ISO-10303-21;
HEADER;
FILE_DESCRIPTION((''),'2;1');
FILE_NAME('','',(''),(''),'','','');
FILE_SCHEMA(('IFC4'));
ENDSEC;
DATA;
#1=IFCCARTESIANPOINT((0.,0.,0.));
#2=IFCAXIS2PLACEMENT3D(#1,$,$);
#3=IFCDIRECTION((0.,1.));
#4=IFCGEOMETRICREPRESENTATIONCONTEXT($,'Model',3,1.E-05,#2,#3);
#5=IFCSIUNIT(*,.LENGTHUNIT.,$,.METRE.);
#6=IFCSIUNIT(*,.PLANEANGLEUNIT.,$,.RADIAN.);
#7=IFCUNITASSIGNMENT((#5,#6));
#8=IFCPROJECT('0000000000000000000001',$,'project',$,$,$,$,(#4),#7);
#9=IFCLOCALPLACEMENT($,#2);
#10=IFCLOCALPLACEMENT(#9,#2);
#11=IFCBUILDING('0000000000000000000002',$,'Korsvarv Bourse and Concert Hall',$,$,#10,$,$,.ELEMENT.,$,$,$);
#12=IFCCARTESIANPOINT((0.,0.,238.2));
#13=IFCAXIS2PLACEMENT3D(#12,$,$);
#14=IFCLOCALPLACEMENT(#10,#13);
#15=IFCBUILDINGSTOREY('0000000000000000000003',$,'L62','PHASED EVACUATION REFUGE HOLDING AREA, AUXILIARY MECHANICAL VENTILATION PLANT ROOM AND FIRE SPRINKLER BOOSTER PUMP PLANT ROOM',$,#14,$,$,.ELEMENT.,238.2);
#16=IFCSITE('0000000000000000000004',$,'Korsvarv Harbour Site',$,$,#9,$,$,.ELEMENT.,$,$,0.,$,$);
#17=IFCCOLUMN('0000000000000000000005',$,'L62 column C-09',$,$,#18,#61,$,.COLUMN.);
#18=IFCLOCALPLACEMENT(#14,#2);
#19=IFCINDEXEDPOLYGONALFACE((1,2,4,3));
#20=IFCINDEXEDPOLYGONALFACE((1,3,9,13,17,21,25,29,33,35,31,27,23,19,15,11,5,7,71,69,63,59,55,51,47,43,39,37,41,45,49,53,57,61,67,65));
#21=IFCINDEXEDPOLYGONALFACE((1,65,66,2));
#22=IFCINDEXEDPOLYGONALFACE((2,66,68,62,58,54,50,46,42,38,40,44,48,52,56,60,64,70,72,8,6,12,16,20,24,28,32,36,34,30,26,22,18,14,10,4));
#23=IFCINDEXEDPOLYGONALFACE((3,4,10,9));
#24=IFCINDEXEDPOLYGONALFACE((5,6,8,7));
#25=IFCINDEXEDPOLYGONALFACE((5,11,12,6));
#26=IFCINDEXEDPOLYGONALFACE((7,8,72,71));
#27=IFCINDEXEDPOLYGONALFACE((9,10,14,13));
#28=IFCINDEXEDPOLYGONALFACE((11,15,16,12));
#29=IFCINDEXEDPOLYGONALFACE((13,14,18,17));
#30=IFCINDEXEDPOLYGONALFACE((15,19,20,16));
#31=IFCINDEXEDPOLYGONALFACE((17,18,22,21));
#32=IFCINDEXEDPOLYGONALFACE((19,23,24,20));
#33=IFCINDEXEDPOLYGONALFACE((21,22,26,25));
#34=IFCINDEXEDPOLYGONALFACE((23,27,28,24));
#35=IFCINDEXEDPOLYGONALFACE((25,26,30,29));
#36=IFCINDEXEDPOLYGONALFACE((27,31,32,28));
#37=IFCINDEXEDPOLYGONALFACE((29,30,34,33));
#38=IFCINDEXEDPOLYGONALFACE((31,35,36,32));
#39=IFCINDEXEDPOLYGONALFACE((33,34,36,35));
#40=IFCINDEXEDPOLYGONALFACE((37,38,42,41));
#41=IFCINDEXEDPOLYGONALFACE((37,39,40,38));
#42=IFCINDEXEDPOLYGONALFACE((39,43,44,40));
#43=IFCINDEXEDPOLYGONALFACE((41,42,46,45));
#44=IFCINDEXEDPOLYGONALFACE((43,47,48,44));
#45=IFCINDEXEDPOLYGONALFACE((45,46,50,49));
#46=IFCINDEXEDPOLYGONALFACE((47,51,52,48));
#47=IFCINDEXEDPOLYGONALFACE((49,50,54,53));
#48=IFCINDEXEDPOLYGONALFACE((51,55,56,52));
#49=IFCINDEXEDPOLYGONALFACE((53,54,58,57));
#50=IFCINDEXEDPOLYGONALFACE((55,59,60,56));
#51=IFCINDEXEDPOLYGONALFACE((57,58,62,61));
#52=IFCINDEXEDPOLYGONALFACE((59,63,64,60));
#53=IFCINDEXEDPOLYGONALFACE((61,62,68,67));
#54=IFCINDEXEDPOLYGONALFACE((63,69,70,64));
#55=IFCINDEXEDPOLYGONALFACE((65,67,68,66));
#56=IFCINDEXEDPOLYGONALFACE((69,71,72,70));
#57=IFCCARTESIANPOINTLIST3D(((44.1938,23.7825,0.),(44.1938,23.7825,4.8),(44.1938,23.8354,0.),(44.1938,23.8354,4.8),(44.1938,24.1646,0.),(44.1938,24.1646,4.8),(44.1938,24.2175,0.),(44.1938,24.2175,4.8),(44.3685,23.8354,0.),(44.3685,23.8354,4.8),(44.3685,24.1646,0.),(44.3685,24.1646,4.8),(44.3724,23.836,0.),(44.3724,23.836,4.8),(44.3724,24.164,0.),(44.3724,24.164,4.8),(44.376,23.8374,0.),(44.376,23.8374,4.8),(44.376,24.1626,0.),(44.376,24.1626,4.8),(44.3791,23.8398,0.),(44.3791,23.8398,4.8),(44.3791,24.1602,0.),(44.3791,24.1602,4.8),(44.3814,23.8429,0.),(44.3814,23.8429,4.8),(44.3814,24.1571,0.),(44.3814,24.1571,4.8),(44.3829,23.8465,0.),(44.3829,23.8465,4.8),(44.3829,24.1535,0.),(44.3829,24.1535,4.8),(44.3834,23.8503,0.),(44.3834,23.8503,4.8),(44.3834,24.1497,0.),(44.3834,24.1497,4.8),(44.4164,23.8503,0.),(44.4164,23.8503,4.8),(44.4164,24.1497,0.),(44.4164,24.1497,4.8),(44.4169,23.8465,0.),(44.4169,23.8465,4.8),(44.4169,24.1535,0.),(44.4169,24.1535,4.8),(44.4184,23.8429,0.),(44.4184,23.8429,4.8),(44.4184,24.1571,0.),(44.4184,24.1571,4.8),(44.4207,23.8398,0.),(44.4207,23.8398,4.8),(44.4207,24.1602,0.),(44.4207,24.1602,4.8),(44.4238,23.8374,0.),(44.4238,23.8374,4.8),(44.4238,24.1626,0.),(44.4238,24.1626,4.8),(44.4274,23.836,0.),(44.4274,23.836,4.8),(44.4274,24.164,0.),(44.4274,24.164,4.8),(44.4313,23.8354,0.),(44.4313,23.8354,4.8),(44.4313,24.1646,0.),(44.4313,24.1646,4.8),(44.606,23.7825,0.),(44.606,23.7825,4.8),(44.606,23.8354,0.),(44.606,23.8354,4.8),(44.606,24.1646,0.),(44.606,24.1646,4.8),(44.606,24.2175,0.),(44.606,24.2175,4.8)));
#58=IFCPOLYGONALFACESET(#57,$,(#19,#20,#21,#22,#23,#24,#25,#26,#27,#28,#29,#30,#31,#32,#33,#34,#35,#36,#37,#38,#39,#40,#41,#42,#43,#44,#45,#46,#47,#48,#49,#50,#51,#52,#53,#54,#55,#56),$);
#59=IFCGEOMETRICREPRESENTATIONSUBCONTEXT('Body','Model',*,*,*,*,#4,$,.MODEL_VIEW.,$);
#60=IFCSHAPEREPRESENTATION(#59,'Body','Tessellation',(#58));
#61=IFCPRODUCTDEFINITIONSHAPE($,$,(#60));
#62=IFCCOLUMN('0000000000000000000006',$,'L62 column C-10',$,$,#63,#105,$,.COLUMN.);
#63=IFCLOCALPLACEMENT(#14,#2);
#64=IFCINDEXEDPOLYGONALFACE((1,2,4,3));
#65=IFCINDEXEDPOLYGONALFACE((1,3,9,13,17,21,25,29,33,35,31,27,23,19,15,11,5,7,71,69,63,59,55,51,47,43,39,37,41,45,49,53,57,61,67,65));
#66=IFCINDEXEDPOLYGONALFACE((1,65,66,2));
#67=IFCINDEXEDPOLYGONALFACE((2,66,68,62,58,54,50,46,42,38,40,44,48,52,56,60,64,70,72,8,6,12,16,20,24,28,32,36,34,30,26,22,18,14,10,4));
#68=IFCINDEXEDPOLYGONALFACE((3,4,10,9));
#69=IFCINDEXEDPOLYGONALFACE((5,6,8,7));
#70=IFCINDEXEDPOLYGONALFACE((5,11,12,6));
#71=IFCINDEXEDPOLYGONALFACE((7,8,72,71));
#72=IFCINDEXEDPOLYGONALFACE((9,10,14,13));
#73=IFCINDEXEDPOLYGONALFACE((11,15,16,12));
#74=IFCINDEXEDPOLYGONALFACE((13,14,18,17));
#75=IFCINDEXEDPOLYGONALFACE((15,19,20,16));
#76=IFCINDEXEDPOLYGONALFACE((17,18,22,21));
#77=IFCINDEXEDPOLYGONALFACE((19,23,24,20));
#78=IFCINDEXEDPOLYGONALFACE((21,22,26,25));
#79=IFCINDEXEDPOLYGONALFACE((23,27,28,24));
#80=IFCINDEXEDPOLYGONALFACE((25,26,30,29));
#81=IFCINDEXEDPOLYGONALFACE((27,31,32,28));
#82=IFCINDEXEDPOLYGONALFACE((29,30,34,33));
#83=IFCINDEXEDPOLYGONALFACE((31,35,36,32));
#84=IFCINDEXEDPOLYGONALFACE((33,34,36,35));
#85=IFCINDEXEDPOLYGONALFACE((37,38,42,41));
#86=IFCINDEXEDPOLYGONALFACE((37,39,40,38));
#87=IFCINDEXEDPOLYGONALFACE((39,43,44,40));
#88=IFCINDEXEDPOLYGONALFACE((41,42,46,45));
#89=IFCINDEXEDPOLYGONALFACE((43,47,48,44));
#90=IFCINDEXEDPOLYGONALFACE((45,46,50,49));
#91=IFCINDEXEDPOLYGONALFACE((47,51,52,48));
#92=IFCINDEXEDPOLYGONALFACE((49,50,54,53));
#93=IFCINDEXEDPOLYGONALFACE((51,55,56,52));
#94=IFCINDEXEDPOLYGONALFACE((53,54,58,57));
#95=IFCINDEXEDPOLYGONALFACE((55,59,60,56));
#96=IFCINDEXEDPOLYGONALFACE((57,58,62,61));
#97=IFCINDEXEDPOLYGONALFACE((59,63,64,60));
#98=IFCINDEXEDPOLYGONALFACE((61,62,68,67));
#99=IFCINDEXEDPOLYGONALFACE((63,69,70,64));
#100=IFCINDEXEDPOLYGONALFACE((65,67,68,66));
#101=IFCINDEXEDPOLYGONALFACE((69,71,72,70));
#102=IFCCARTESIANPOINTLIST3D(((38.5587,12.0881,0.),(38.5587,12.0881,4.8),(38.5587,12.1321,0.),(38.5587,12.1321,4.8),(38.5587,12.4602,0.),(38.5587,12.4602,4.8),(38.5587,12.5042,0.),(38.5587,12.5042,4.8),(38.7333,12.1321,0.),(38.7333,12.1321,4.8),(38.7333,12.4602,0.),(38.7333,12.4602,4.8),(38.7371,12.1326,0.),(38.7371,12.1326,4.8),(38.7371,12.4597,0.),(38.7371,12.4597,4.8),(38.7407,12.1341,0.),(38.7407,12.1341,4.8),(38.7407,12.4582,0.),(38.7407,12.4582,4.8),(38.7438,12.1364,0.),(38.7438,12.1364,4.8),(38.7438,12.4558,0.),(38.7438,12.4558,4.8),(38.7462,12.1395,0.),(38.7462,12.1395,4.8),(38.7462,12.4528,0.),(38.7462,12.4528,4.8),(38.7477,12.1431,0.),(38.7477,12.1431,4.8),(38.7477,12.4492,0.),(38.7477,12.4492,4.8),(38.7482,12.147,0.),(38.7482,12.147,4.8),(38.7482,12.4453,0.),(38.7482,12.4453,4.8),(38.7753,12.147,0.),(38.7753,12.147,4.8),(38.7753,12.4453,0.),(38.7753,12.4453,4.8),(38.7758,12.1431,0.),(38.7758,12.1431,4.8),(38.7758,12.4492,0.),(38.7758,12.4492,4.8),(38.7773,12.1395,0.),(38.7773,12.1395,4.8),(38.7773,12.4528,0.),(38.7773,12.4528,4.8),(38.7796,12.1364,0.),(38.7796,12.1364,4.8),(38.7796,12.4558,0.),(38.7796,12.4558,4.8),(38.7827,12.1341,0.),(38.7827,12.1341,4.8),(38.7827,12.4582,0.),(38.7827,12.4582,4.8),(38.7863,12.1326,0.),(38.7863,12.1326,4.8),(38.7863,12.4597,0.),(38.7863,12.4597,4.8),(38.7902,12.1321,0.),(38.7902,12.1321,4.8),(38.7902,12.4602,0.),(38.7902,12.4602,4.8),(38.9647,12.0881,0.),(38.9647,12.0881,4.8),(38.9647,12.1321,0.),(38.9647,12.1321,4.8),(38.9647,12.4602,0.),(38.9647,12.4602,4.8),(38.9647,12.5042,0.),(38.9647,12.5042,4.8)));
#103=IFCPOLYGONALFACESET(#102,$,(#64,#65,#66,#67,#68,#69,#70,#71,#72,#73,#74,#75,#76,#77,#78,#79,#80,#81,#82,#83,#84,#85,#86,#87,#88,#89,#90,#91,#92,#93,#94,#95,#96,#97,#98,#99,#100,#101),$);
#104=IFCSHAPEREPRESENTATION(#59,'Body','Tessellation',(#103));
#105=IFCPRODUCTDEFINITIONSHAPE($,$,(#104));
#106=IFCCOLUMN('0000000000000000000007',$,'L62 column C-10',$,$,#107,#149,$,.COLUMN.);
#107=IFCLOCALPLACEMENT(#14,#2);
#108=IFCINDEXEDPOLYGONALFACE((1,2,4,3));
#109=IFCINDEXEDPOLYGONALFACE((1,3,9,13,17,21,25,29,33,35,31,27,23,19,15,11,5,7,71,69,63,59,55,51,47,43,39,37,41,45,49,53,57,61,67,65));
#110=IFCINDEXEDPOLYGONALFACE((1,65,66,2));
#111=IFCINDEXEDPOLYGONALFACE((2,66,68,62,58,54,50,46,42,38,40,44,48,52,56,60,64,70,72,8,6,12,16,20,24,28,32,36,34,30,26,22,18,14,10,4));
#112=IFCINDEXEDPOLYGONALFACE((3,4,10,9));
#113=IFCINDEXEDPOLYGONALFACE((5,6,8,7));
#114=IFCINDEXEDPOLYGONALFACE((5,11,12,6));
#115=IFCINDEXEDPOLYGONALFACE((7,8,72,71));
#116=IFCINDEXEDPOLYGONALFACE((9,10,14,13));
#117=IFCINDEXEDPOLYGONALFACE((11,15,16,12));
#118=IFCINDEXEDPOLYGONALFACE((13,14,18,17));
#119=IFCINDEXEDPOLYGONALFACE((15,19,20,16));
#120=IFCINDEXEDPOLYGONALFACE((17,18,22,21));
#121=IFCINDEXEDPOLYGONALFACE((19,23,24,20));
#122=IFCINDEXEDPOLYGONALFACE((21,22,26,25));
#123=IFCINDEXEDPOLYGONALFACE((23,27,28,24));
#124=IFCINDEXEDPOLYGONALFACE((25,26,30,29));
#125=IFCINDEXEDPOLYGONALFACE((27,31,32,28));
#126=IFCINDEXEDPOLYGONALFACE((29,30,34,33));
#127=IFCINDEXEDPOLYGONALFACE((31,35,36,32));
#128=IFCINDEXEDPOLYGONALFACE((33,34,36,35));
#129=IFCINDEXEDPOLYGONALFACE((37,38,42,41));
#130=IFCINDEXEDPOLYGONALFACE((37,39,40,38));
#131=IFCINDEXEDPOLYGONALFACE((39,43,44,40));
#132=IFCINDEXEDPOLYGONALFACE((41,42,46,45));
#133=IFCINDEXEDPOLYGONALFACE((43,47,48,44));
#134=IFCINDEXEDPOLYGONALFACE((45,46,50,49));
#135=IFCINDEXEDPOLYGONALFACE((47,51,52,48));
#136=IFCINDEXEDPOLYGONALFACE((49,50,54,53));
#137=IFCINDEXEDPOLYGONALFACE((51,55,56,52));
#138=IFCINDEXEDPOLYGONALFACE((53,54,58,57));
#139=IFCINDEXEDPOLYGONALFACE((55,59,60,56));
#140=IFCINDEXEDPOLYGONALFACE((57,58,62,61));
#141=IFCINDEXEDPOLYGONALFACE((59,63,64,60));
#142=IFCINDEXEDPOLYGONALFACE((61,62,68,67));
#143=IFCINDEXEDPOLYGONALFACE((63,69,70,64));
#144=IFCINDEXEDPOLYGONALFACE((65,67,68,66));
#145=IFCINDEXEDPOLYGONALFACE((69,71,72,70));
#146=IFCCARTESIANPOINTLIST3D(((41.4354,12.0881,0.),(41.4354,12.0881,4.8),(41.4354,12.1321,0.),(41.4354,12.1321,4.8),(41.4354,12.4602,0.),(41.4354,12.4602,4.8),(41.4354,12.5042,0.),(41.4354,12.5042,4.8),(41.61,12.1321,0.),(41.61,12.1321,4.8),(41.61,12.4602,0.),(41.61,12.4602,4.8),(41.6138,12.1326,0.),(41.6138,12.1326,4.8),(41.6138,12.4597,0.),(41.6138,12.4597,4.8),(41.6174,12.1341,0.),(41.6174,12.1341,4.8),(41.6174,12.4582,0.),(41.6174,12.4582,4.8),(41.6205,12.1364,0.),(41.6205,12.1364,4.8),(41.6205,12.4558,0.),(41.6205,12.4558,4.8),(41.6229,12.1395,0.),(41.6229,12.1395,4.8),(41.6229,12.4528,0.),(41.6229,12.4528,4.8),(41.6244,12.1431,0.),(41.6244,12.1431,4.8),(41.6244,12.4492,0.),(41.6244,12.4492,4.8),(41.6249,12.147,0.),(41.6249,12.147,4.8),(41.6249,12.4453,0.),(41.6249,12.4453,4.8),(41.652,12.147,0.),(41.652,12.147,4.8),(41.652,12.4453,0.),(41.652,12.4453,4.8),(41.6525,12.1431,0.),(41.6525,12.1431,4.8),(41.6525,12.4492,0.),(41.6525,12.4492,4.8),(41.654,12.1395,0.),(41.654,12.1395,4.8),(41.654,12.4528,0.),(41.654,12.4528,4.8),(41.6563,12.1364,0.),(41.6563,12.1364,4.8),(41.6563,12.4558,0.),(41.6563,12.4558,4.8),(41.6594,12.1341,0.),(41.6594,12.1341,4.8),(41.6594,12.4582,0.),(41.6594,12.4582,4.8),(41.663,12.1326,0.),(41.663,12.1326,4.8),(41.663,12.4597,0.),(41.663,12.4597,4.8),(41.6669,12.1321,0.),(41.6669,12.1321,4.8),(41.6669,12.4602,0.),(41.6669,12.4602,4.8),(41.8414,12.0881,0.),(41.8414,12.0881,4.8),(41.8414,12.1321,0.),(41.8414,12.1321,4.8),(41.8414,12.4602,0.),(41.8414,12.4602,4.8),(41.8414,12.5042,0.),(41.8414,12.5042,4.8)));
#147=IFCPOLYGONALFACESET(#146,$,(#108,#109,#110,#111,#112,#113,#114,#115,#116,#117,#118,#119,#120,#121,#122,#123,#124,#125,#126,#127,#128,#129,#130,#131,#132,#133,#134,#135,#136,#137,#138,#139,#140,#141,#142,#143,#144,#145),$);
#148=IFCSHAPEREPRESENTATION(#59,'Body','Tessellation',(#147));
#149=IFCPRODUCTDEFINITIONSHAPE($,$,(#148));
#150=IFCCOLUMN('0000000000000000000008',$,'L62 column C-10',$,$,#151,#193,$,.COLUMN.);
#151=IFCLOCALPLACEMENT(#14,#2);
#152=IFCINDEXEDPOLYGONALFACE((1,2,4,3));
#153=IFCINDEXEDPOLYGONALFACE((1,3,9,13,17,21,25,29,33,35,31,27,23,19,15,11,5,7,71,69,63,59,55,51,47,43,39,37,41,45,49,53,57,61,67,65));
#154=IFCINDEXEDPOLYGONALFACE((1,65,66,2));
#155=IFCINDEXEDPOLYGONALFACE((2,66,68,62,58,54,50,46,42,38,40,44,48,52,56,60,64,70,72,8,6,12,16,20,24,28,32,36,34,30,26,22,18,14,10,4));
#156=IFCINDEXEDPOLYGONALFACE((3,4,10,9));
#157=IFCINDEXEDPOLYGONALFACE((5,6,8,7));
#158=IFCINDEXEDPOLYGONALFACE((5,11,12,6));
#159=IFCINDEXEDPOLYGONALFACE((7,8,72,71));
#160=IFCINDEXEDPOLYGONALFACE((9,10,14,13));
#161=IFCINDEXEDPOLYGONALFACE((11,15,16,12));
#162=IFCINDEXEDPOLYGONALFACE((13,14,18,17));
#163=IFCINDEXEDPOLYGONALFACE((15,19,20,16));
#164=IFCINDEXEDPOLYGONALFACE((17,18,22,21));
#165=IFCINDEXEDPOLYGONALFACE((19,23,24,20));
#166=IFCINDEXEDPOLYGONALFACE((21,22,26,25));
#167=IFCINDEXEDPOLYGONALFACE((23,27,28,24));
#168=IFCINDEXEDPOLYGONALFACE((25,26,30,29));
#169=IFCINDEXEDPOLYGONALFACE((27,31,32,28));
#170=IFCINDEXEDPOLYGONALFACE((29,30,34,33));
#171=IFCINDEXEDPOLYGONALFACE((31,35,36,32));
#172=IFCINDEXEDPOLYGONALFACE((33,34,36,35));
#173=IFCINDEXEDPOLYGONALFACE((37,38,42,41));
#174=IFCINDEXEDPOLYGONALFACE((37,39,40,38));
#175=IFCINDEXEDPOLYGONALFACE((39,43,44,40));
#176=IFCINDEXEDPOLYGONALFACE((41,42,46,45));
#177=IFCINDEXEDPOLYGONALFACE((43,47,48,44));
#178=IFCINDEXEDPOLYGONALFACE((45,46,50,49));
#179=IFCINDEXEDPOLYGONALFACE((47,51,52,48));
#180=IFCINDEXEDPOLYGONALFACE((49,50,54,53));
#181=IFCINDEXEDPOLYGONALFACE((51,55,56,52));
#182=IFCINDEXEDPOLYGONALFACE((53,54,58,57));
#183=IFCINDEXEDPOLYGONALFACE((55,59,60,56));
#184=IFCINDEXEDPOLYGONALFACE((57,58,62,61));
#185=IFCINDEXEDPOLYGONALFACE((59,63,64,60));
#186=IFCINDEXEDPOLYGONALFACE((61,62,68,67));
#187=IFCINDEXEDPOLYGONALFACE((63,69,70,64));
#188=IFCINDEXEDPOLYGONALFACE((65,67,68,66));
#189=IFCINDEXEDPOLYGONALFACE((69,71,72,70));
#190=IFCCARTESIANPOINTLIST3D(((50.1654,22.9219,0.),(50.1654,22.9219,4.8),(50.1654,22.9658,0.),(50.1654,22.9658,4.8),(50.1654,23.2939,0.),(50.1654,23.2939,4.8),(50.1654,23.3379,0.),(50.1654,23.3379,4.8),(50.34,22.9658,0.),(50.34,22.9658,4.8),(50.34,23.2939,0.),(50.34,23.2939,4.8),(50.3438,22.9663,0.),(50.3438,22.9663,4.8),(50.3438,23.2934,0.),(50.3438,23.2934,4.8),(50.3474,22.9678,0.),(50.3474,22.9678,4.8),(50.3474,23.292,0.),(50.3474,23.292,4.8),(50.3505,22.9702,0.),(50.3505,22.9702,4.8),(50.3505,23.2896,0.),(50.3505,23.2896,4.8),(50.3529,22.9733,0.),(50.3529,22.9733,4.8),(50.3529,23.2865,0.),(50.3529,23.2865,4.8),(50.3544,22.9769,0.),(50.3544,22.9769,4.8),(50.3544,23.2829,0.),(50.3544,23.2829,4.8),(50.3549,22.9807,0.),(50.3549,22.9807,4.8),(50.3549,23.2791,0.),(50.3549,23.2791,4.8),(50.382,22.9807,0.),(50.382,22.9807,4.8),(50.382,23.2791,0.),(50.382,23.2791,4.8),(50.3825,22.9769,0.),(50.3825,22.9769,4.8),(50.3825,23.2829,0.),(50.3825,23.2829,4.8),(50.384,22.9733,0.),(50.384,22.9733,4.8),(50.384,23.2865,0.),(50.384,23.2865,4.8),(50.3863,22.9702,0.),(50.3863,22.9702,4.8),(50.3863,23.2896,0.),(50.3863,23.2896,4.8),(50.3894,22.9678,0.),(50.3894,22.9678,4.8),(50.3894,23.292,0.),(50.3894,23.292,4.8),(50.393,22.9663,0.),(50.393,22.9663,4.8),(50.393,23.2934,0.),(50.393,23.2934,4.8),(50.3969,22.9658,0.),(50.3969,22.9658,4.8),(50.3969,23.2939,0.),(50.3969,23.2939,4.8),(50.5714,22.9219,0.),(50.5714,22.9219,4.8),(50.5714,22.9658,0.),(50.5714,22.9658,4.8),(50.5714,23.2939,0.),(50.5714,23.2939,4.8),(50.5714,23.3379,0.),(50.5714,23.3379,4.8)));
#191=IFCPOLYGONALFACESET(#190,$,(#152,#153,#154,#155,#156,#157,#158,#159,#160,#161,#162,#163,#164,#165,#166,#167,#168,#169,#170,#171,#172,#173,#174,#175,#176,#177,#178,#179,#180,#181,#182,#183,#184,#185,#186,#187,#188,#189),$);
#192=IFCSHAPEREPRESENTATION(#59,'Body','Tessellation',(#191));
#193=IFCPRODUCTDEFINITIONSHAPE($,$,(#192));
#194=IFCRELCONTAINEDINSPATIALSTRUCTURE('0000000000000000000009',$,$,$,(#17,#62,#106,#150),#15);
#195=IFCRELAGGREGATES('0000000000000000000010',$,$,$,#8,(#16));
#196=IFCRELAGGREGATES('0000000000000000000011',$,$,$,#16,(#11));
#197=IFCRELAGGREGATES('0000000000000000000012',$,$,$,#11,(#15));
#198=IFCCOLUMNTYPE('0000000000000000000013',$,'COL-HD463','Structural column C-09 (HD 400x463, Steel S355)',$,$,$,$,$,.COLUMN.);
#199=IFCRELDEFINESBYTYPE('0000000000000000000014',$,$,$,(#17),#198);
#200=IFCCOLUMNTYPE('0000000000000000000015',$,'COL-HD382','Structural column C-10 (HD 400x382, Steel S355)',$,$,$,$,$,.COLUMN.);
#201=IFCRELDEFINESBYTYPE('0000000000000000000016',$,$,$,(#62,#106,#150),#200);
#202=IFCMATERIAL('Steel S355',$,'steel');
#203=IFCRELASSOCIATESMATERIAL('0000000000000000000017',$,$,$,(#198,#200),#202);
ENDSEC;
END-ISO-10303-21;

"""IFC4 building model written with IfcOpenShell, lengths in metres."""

from ifc_helpers import new_model, si_unit, direction, frame, origin, origin_2d, place, context, subcontext, project, spatial, i_section, extrude, source, transform, mapped, material, material_profile, profile_set, type_object, element, save


model = new_model("IFC4")

# Units and contexts
model_context = context("Model", 3, precision=1e-05, world=origin(), true_north=direction((0.0, 1.0)))
body_context = subcontext(model_context, "Body", "Model", "MODEL_VIEW")
ifc_project = project(units=[si_unit("LENGTHUNIT", "METRE"), si_unit("PLANEANGLEUNIT", "RADIAN")], contexts=[model_context])

# Site, building, storey
site_placement = place(None, origin())
site = spatial("IfcSite", under=ifc_project, at=site_placement, Name="Korsvarv Harbour Site", CompositionType="ELEMENT", RefElevation=0.0)
building_placement = place(site_placement, origin())
building = spatial("IfcBuilding", under=site, at=building_placement, Name="Korsvarv Bourse and Concert Hall", CompositionType="ELEMENT")
storey_placement = place(building_placement, frame((0.0, 0.0, 238.2)))
storey = spatial("IfcBuildingStorey", under=building, at=storey_placement, Name="L62", Description="PHASED EVACUATION REFUGE HOLDING AREA, AUXILIARY MECHANICAL VENTILATION PLANT ROOM AND FIRE SPRINKLER BOOSTER PUMP PLANT ROOM", CompositionType="ELEMENT", Elevation=238.2)

# Columns
ifc_material_1 = material(Name="Steel S355", Category="steel")
ifc_material_profile_1 = material_profile(ifc_material_1, i_section(OverallWidth=0.4121, OverallDepth=0.4351, WebThickness=0.033, FlangeThickness=0.053, FilletRadius=0.0149, at=origin_2d()), Name="HD 400x463")
ifc_profile_set_1 = profile_set([ifc_material_profile_1], Name="Steel S355")
column_type_1 = type_object("IfcColumnType", Name="COL-HD463", Description="Structural column C-09 (HD 400x463, Steel S355)", PredefinedType="COLUMN", material=ifc_profile_set_1)
shared_shape_1 = source(origin(), body_context, "Body", "SweptSolid", [
    extrude(i_section(OverallWidth=0.4121, OverallDepth=0.4351, WebThickness=0.033, FlangeThickness=0.053, FilletRadius=0.0149, at=origin_2d()), origin(), (0.0, 0.0, 1.0), 4.8),
])
column_placement = place(storey_placement, frame((44.3999, 24.0, 0.0), z_axis=(0.0, 0.0, 1.0), x_axis=(1.0, 0.0, 0.0)))
element("IfcColumn", 1, at=column_placement, inside=storey, type_object=column_type_1, Name="L62 column C-09", PredefinedType="COLUMN", context=body_context, shape_type="MappedRepresentation", body=[
    mapped(shared_shape_1, transform((0.0, 0.0, 0.0), scale=1.0)),
])
ifc_material_profile_2 = material_profile(ifc_material_1, i_section(OverallWidth=0.406, OverallDepth=0.416, WebThickness=0.0271, FlangeThickness=0.0439, FilletRadius=0.0149, at=origin_2d()), Name="HD 400x382")
ifc_profile_set_2 = profile_set([ifc_material_profile_2], Name="Steel S355")
column_type_2 = type_object("IfcColumnType", Name="COL-HD382", Description="Structural column C-10 (HD 400x382, Steel S355)", PredefinedType="COLUMN", material=ifc_profile_set_2)
shared_shape_2 = source(origin(), body_context, "Body", "SweptSolid", [
    extrude(i_section(OverallWidth=0.406, OverallDepth=0.416, WebThickness=0.0271, FlangeThickness=0.0439, FilletRadius=0.0149, at=origin_2d()), origin(), (0.0, 0.0, 1.0), 4.8),
])
for number, where, z_axis, x_axis, name in (
    (2, (38.7617, 12.2961, 0.0), (0.0, 0.0, 1.0), (1.0, 0.0, 0.0), "L62 column C-10"),
    (3, (41.6384, 12.2961, 0.0), (0.0, 0.0, 1.0), (1.0, 0.0, 0.0), "L62 column C-10"),
    (4, (50.3684, 23.1299, 0.0), (0.0, 0.0, 1.0), (1.0, 0.0, 0.0), "L62 column C-10"),
):
    element("IfcColumn", number, at=place(storey_placement, frame(where, z_axis=z_axis, x_axis=x_axis)), inside=storey, type_object=column_type_2, Name=name, PredefinedType="COLUMN", context=body_context, shape_type="MappedRepresentation", body=[
        mapped(shared_shape_2, transform((0.0, 0.0, 0.0), scale=1.0)),
    ])

save(model, "model.ifc")
